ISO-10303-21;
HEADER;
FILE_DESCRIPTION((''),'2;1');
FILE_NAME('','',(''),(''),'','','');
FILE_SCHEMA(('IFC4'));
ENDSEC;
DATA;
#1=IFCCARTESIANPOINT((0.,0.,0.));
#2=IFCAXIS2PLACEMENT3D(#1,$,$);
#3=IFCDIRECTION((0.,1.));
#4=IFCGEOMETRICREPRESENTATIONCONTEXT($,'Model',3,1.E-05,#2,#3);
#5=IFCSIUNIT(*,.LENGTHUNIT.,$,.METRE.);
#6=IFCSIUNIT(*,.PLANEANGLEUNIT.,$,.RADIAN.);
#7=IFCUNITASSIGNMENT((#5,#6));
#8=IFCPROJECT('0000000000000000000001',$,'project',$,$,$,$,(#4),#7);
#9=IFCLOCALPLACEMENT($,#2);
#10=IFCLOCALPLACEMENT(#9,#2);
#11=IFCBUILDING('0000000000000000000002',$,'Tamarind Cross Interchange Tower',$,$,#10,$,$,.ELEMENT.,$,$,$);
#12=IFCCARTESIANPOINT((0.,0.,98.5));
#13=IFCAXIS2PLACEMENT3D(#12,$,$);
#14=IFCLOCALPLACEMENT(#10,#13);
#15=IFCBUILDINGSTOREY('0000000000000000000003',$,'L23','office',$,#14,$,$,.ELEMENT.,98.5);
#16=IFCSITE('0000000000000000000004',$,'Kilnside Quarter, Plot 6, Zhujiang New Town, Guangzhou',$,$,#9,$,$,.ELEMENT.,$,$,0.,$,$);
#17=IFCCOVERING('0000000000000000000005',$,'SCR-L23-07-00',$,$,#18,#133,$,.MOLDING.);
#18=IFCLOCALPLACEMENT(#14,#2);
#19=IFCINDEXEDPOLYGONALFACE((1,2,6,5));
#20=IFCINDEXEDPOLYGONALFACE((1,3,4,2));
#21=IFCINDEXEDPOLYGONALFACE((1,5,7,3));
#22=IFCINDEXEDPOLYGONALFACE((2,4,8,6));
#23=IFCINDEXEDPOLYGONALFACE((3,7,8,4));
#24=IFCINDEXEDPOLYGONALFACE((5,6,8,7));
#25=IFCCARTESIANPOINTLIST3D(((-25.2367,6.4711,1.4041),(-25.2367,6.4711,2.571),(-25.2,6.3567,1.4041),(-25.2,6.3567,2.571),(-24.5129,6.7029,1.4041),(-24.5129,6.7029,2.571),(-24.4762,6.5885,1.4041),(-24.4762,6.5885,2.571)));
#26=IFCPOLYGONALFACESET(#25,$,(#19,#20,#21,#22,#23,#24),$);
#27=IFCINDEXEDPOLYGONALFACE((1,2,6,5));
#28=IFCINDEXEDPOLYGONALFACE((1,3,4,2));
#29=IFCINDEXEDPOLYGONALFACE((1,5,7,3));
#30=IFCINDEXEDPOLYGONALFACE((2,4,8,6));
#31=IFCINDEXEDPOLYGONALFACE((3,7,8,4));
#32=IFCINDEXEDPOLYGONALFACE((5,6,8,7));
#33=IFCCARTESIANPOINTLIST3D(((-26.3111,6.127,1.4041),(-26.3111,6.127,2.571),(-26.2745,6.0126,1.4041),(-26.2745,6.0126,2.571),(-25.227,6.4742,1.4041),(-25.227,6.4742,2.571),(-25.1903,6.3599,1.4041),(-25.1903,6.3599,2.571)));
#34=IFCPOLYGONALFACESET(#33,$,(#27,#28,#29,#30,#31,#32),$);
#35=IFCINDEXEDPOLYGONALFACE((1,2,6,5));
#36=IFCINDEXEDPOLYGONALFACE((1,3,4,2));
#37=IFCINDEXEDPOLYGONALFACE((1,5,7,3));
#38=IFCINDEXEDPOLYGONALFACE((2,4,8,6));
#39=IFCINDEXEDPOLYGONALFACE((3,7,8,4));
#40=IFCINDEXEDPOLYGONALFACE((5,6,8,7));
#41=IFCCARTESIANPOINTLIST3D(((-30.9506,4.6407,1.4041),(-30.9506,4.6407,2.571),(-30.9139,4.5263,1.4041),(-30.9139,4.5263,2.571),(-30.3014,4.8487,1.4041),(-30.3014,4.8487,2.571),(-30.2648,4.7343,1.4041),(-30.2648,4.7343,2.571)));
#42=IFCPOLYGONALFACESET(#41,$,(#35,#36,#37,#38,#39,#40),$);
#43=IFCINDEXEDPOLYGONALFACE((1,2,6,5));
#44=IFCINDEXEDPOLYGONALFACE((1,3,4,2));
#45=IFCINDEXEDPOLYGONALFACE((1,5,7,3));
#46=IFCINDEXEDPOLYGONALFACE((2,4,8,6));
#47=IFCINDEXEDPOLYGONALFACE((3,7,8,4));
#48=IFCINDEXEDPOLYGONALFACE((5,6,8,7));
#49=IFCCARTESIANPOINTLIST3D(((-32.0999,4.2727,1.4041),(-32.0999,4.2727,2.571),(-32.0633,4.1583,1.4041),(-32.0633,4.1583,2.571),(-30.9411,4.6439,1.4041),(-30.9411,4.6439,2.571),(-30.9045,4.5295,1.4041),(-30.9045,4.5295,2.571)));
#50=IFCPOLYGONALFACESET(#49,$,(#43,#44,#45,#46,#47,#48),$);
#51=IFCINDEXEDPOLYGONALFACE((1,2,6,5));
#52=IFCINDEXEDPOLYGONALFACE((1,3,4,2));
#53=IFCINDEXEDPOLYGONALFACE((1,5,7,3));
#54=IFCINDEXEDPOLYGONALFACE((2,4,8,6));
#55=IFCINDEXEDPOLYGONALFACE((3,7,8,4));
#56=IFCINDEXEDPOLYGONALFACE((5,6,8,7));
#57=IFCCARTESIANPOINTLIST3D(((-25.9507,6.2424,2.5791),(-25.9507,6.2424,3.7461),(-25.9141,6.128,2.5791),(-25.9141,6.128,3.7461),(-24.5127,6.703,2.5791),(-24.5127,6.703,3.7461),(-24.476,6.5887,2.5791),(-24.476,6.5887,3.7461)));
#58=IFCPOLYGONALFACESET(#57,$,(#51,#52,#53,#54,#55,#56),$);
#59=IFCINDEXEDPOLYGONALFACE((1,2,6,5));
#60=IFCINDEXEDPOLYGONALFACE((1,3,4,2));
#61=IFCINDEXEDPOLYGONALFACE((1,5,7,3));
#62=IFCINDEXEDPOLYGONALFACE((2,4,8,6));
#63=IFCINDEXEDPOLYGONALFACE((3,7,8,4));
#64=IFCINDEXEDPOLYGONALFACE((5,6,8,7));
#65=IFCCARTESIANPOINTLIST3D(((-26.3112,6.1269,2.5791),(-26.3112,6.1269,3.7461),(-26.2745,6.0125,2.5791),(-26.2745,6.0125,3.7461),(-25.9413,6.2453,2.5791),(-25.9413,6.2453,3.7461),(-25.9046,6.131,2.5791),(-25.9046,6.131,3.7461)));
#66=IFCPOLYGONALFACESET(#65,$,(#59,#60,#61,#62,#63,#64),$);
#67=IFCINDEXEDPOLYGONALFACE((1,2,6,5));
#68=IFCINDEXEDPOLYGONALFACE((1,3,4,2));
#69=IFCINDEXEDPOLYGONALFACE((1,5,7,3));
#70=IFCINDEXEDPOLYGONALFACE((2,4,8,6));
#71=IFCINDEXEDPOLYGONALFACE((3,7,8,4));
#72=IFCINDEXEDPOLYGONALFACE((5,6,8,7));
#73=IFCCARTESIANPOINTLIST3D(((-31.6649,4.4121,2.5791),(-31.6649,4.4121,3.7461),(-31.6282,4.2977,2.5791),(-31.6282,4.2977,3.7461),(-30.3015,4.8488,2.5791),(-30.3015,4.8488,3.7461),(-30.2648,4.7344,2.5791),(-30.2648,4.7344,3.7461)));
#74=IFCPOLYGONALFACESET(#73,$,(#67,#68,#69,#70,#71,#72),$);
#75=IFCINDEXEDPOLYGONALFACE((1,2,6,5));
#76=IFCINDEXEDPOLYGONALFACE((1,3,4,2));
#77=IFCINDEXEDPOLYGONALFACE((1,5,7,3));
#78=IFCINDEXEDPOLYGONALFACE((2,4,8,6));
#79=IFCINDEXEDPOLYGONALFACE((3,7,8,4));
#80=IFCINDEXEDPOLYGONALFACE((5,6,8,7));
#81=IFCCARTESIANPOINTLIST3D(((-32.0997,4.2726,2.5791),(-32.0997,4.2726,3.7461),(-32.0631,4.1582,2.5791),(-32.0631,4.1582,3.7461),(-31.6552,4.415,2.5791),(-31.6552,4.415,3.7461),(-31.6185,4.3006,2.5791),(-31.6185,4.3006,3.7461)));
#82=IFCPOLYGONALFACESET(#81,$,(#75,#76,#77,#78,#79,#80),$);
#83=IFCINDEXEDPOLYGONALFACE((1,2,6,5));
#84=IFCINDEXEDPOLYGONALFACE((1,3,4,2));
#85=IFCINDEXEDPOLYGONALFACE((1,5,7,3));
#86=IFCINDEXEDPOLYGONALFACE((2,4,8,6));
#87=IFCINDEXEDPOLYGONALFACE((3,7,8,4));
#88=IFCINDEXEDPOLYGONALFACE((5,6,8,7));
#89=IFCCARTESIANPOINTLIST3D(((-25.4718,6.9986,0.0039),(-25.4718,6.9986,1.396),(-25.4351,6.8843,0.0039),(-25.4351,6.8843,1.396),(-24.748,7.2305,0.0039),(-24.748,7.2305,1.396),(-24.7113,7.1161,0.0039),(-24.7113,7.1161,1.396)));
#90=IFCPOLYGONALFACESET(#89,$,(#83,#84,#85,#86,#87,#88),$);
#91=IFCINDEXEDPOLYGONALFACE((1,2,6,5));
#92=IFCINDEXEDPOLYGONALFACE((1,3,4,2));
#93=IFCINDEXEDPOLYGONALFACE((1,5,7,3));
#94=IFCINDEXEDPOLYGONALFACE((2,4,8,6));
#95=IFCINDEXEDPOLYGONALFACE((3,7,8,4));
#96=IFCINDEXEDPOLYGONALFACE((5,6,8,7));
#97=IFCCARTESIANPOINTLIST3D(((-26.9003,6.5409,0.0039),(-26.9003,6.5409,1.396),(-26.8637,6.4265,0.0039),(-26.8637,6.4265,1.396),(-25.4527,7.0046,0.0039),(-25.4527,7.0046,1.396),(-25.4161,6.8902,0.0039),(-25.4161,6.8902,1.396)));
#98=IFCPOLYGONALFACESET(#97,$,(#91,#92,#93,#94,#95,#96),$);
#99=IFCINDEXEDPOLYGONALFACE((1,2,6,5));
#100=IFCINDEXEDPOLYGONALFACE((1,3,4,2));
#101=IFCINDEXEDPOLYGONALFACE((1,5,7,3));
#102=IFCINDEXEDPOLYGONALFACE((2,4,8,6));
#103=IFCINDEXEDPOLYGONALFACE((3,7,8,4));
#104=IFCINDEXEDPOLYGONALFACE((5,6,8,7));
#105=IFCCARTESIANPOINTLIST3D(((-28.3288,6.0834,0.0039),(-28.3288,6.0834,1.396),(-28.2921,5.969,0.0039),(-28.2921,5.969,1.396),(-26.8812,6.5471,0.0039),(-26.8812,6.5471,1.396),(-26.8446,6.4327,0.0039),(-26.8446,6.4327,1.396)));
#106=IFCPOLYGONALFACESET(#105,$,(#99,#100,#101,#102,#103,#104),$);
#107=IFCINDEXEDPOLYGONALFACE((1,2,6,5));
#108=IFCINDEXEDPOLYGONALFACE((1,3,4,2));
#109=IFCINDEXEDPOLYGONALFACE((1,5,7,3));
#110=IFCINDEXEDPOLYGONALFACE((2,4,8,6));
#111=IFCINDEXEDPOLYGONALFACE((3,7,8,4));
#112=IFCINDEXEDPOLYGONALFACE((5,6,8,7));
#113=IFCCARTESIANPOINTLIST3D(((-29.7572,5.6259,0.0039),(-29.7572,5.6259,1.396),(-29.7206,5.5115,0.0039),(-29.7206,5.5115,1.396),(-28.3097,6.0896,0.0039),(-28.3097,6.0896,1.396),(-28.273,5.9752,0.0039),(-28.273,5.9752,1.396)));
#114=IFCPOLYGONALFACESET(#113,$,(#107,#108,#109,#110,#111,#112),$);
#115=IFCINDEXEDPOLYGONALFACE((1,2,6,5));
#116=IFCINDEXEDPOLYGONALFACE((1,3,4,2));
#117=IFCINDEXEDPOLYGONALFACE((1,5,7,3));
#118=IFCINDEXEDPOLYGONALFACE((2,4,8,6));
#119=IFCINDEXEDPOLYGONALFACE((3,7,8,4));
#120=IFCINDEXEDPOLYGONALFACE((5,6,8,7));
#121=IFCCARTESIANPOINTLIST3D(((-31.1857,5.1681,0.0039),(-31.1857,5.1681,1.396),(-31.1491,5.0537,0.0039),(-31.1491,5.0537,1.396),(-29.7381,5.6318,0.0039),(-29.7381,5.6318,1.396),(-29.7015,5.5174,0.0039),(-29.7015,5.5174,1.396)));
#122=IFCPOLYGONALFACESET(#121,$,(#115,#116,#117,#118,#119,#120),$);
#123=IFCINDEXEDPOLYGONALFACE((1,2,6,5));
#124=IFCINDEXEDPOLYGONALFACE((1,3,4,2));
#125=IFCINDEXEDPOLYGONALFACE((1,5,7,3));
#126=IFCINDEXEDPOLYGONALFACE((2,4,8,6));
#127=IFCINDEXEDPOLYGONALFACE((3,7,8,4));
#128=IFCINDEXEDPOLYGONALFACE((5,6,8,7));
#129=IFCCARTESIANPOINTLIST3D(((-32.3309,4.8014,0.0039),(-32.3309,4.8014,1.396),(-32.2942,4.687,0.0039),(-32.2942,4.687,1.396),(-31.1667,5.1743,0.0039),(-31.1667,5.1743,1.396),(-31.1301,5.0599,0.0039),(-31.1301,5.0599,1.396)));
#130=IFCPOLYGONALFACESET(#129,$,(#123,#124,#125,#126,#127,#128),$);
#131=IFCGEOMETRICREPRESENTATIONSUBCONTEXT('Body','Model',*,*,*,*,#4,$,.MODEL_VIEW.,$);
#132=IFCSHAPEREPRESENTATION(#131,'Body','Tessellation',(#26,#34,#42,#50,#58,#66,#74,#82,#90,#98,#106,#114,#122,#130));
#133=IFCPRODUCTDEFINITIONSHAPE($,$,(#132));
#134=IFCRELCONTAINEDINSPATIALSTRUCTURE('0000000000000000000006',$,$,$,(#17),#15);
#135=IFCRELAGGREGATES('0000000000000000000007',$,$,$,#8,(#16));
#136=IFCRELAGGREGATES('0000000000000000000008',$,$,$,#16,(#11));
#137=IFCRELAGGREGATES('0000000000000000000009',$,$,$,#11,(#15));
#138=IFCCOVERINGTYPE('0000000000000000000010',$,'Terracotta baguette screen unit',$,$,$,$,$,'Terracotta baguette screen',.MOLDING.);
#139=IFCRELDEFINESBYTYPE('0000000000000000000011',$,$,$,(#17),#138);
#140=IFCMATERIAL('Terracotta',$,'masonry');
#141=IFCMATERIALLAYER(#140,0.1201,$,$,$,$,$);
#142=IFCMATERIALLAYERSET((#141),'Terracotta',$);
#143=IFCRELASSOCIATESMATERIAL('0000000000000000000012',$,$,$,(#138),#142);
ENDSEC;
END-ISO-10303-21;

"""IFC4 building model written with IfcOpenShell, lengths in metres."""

from ifc_helpers import new_model, si_unit, direction, frame, origin, origin_2d, place, context, subcontext, project, spatial, rectangle, extrude, material, layer, layer_set, type_object, element, save


model = new_model("IFC4")

# Units and contexts
model_context = context("Model", 3, precision=1e-05, world=origin(), true_north=direction((0.0, 1.0)))
body_context = subcontext(model_context, "Body", "Model", "MODEL_VIEW")
ifc_project = project(units=[si_unit("LENGTHUNIT", "METRE"), si_unit("PLANEANGLEUNIT", "RADIAN")], contexts=[model_context])

# Site, building, storey
site_placement = place(None, origin())
site = spatial("IfcSite", under=ifc_project, at=site_placement, Name="Kilnside Quarter, Plot 6, Zhujiang New Town, Guangzhou", CompositionType="ELEMENT", RefElevation=0.0)
building_placement = place(site_placement, origin())
building = spatial("IfcBuilding", under=site, at=building_placement, Name="Tamarind Cross Interchange Tower", CompositionType="ELEMENT")
storey_placement = place(building_placement, frame((0.0, 0.0, 98.5)))
storey = spatial("IfcBuildingStorey", under=building, at=storey_placement, Name="L23", Description="office", CompositionType="ELEMENT", Elevation=98.5)

# Covering
ifc_material_1 = material(Name="Terracotta", Category="masonry")
ifc_layer_1 = layer(ifc_material_1, 0.1201)
ifc_layer_set_1 = layer_set([ifc_layer_1], Name="Terracotta")
covering_type = type_object("IfcCoveringType", Name="Terracotta baguette screen unit", ElementType="Terracotta baguette screen", PredefinedType="MOLDING", material=ifc_layer_set_1)
covering_1_placement = place(storey_placement, origin())
element("IfcCovering", 1, at=covering_1_placement, inside=storey, type_object=covering_type, Name="SCR-L23-07-00", PredefinedType="MOLDING", context=body_context, shape_type="SweptSolid", body=[
    extrude(rectangle(XDim=0.76, YDim=0.1201, at=origin_2d()), frame((-24.8564, 6.5298, 1.4041), z_axis=(0.0, 0.0, 1.0), x_axis=(-0.952334, -0.305057, 0.0)), (0.0, 0.0, 1.0), 1.167),
    extrude(rectangle(XDim=1.1384, YDim=0.1201, at=origin_2d()), frame((-25.7507, 6.2434, 1.4041), z_axis=(0.0, 0.0, 1.0), x_axis=(-0.952334, -0.305057, 0.0)), (0.0, 0.0, 1.0), 1.167),
    extrude(rectangle(XDim=0.6816, YDim=0.1201, at=origin_2d()), frame((-30.6077, 4.6875, 1.4041), z_axis=(0.0, 0.0, 1.0), x_axis=(-0.952334, -0.305057, 0.0)), (0.0, 0.0, 1.0), 1.167),
    extrude(rectangle(XDim=1.2168, YDim=0.1201, at=origin_2d()), frame((-31.5022, 4.4011, 1.4041), z_axis=(0.0, 0.0, 1.0), x_axis=(-0.952334, -0.305057, 0.0)), (0.0, 0.0, 1.0), 1.167),
    extrude(rectangle(XDim=1.51, YDim=0.1201, at=origin_2d()), frame((-25.2134, 6.4155, 2.5791), z_axis=(0.0, 0.0, 1.0), x_axis=(-0.952334, -0.305057, 0.0)), (0.0, 0.0, 1.0), 1.167),
    extrude(rectangle(XDim=0.3884, YDim=0.1201, at=origin_2d()), frame((-26.1079, 6.1289, 2.5791), z_axis=(0.0, 0.0, 1.0), x_axis=(-0.952334, -0.305057, 0.0)), (0.0, 0.0, 1.0), 1.167),
    extrude(rectangle(XDim=1.4316, YDim=0.1201, at=origin_2d()), frame((-30.9648, 4.5732, 2.5791), z_axis=(0.0, 0.0, 1.0), x_axis=(-0.952334, -0.305057, 0.0)), (0.0, 0.0, 1.0), 1.167),
    extrude(rectangle(XDim=0.4668, YDim=0.1201, at=origin_2d()), frame((-31.8591, 4.2866, 2.5791), z_axis=(0.0, 0.0, 1.0), x_axis=(-0.952334, -0.305057, 0.0)), (0.0, 0.0, 1.0), 1.167),
    extrude(rectangle(XDim=0.76, YDim=0.1201, at=origin_2d()), frame((-25.0916, 7.0574, 0.0039), z_axis=(0.0, 0.0, 1.0), x_axis=(-0.952334, -0.305057, 0.0)), (0.0, 0.0, 1.0), 1.3921),
    extrude(rectangle(XDim=1.52, YDim=0.1201, at=origin_2d()), frame((-26.1582, 6.7156, 0.0039), z_axis=(0.0, 0.0, 1.0), x_axis=(-0.952334, -0.305057, 0.0)), (0.0, 0.0, 1.0), 1.3921),
    extrude(rectangle(XDim=1.52, YDim=0.1201, at=origin_2d()), frame((-27.5867, 6.2581, 0.0039), z_axis=(0.0, 0.0, 1.0), x_axis=(-0.952334, -0.305057, 0.0)), (0.0, 0.0, 1.0), 1.3921),
    extrude(rectangle(XDim=1.52, YDim=0.1201, at=origin_2d()), frame((-29.0151, 5.8005, 0.0039), z_axis=(0.0, 0.0, 1.0), x_axis=(-0.952334, -0.305057, 0.0)), (0.0, 0.0, 1.0), 1.3921),
    extrude(rectangle(XDim=1.52, YDim=0.1201, at=origin_2d()), frame((-30.4436, 5.3428, 0.0039), z_axis=(0.0, 0.0, 1.0), x_axis=(-0.952334, -0.305057, 0.0)), (0.0, 0.0, 1.0), 1.3921),
    extrude(rectangle(XDim=1.2224, YDim=0.1201, at=origin_2d()), frame((-31.7305, 4.9307, 0.0039), z_axis=(0.0, 0.0, 1.0), x_axis=(-0.952334, -0.305057, 0.0)), (0.0, 0.0, 1.0), 1.3921),
])

save(model, "model.ifc")
